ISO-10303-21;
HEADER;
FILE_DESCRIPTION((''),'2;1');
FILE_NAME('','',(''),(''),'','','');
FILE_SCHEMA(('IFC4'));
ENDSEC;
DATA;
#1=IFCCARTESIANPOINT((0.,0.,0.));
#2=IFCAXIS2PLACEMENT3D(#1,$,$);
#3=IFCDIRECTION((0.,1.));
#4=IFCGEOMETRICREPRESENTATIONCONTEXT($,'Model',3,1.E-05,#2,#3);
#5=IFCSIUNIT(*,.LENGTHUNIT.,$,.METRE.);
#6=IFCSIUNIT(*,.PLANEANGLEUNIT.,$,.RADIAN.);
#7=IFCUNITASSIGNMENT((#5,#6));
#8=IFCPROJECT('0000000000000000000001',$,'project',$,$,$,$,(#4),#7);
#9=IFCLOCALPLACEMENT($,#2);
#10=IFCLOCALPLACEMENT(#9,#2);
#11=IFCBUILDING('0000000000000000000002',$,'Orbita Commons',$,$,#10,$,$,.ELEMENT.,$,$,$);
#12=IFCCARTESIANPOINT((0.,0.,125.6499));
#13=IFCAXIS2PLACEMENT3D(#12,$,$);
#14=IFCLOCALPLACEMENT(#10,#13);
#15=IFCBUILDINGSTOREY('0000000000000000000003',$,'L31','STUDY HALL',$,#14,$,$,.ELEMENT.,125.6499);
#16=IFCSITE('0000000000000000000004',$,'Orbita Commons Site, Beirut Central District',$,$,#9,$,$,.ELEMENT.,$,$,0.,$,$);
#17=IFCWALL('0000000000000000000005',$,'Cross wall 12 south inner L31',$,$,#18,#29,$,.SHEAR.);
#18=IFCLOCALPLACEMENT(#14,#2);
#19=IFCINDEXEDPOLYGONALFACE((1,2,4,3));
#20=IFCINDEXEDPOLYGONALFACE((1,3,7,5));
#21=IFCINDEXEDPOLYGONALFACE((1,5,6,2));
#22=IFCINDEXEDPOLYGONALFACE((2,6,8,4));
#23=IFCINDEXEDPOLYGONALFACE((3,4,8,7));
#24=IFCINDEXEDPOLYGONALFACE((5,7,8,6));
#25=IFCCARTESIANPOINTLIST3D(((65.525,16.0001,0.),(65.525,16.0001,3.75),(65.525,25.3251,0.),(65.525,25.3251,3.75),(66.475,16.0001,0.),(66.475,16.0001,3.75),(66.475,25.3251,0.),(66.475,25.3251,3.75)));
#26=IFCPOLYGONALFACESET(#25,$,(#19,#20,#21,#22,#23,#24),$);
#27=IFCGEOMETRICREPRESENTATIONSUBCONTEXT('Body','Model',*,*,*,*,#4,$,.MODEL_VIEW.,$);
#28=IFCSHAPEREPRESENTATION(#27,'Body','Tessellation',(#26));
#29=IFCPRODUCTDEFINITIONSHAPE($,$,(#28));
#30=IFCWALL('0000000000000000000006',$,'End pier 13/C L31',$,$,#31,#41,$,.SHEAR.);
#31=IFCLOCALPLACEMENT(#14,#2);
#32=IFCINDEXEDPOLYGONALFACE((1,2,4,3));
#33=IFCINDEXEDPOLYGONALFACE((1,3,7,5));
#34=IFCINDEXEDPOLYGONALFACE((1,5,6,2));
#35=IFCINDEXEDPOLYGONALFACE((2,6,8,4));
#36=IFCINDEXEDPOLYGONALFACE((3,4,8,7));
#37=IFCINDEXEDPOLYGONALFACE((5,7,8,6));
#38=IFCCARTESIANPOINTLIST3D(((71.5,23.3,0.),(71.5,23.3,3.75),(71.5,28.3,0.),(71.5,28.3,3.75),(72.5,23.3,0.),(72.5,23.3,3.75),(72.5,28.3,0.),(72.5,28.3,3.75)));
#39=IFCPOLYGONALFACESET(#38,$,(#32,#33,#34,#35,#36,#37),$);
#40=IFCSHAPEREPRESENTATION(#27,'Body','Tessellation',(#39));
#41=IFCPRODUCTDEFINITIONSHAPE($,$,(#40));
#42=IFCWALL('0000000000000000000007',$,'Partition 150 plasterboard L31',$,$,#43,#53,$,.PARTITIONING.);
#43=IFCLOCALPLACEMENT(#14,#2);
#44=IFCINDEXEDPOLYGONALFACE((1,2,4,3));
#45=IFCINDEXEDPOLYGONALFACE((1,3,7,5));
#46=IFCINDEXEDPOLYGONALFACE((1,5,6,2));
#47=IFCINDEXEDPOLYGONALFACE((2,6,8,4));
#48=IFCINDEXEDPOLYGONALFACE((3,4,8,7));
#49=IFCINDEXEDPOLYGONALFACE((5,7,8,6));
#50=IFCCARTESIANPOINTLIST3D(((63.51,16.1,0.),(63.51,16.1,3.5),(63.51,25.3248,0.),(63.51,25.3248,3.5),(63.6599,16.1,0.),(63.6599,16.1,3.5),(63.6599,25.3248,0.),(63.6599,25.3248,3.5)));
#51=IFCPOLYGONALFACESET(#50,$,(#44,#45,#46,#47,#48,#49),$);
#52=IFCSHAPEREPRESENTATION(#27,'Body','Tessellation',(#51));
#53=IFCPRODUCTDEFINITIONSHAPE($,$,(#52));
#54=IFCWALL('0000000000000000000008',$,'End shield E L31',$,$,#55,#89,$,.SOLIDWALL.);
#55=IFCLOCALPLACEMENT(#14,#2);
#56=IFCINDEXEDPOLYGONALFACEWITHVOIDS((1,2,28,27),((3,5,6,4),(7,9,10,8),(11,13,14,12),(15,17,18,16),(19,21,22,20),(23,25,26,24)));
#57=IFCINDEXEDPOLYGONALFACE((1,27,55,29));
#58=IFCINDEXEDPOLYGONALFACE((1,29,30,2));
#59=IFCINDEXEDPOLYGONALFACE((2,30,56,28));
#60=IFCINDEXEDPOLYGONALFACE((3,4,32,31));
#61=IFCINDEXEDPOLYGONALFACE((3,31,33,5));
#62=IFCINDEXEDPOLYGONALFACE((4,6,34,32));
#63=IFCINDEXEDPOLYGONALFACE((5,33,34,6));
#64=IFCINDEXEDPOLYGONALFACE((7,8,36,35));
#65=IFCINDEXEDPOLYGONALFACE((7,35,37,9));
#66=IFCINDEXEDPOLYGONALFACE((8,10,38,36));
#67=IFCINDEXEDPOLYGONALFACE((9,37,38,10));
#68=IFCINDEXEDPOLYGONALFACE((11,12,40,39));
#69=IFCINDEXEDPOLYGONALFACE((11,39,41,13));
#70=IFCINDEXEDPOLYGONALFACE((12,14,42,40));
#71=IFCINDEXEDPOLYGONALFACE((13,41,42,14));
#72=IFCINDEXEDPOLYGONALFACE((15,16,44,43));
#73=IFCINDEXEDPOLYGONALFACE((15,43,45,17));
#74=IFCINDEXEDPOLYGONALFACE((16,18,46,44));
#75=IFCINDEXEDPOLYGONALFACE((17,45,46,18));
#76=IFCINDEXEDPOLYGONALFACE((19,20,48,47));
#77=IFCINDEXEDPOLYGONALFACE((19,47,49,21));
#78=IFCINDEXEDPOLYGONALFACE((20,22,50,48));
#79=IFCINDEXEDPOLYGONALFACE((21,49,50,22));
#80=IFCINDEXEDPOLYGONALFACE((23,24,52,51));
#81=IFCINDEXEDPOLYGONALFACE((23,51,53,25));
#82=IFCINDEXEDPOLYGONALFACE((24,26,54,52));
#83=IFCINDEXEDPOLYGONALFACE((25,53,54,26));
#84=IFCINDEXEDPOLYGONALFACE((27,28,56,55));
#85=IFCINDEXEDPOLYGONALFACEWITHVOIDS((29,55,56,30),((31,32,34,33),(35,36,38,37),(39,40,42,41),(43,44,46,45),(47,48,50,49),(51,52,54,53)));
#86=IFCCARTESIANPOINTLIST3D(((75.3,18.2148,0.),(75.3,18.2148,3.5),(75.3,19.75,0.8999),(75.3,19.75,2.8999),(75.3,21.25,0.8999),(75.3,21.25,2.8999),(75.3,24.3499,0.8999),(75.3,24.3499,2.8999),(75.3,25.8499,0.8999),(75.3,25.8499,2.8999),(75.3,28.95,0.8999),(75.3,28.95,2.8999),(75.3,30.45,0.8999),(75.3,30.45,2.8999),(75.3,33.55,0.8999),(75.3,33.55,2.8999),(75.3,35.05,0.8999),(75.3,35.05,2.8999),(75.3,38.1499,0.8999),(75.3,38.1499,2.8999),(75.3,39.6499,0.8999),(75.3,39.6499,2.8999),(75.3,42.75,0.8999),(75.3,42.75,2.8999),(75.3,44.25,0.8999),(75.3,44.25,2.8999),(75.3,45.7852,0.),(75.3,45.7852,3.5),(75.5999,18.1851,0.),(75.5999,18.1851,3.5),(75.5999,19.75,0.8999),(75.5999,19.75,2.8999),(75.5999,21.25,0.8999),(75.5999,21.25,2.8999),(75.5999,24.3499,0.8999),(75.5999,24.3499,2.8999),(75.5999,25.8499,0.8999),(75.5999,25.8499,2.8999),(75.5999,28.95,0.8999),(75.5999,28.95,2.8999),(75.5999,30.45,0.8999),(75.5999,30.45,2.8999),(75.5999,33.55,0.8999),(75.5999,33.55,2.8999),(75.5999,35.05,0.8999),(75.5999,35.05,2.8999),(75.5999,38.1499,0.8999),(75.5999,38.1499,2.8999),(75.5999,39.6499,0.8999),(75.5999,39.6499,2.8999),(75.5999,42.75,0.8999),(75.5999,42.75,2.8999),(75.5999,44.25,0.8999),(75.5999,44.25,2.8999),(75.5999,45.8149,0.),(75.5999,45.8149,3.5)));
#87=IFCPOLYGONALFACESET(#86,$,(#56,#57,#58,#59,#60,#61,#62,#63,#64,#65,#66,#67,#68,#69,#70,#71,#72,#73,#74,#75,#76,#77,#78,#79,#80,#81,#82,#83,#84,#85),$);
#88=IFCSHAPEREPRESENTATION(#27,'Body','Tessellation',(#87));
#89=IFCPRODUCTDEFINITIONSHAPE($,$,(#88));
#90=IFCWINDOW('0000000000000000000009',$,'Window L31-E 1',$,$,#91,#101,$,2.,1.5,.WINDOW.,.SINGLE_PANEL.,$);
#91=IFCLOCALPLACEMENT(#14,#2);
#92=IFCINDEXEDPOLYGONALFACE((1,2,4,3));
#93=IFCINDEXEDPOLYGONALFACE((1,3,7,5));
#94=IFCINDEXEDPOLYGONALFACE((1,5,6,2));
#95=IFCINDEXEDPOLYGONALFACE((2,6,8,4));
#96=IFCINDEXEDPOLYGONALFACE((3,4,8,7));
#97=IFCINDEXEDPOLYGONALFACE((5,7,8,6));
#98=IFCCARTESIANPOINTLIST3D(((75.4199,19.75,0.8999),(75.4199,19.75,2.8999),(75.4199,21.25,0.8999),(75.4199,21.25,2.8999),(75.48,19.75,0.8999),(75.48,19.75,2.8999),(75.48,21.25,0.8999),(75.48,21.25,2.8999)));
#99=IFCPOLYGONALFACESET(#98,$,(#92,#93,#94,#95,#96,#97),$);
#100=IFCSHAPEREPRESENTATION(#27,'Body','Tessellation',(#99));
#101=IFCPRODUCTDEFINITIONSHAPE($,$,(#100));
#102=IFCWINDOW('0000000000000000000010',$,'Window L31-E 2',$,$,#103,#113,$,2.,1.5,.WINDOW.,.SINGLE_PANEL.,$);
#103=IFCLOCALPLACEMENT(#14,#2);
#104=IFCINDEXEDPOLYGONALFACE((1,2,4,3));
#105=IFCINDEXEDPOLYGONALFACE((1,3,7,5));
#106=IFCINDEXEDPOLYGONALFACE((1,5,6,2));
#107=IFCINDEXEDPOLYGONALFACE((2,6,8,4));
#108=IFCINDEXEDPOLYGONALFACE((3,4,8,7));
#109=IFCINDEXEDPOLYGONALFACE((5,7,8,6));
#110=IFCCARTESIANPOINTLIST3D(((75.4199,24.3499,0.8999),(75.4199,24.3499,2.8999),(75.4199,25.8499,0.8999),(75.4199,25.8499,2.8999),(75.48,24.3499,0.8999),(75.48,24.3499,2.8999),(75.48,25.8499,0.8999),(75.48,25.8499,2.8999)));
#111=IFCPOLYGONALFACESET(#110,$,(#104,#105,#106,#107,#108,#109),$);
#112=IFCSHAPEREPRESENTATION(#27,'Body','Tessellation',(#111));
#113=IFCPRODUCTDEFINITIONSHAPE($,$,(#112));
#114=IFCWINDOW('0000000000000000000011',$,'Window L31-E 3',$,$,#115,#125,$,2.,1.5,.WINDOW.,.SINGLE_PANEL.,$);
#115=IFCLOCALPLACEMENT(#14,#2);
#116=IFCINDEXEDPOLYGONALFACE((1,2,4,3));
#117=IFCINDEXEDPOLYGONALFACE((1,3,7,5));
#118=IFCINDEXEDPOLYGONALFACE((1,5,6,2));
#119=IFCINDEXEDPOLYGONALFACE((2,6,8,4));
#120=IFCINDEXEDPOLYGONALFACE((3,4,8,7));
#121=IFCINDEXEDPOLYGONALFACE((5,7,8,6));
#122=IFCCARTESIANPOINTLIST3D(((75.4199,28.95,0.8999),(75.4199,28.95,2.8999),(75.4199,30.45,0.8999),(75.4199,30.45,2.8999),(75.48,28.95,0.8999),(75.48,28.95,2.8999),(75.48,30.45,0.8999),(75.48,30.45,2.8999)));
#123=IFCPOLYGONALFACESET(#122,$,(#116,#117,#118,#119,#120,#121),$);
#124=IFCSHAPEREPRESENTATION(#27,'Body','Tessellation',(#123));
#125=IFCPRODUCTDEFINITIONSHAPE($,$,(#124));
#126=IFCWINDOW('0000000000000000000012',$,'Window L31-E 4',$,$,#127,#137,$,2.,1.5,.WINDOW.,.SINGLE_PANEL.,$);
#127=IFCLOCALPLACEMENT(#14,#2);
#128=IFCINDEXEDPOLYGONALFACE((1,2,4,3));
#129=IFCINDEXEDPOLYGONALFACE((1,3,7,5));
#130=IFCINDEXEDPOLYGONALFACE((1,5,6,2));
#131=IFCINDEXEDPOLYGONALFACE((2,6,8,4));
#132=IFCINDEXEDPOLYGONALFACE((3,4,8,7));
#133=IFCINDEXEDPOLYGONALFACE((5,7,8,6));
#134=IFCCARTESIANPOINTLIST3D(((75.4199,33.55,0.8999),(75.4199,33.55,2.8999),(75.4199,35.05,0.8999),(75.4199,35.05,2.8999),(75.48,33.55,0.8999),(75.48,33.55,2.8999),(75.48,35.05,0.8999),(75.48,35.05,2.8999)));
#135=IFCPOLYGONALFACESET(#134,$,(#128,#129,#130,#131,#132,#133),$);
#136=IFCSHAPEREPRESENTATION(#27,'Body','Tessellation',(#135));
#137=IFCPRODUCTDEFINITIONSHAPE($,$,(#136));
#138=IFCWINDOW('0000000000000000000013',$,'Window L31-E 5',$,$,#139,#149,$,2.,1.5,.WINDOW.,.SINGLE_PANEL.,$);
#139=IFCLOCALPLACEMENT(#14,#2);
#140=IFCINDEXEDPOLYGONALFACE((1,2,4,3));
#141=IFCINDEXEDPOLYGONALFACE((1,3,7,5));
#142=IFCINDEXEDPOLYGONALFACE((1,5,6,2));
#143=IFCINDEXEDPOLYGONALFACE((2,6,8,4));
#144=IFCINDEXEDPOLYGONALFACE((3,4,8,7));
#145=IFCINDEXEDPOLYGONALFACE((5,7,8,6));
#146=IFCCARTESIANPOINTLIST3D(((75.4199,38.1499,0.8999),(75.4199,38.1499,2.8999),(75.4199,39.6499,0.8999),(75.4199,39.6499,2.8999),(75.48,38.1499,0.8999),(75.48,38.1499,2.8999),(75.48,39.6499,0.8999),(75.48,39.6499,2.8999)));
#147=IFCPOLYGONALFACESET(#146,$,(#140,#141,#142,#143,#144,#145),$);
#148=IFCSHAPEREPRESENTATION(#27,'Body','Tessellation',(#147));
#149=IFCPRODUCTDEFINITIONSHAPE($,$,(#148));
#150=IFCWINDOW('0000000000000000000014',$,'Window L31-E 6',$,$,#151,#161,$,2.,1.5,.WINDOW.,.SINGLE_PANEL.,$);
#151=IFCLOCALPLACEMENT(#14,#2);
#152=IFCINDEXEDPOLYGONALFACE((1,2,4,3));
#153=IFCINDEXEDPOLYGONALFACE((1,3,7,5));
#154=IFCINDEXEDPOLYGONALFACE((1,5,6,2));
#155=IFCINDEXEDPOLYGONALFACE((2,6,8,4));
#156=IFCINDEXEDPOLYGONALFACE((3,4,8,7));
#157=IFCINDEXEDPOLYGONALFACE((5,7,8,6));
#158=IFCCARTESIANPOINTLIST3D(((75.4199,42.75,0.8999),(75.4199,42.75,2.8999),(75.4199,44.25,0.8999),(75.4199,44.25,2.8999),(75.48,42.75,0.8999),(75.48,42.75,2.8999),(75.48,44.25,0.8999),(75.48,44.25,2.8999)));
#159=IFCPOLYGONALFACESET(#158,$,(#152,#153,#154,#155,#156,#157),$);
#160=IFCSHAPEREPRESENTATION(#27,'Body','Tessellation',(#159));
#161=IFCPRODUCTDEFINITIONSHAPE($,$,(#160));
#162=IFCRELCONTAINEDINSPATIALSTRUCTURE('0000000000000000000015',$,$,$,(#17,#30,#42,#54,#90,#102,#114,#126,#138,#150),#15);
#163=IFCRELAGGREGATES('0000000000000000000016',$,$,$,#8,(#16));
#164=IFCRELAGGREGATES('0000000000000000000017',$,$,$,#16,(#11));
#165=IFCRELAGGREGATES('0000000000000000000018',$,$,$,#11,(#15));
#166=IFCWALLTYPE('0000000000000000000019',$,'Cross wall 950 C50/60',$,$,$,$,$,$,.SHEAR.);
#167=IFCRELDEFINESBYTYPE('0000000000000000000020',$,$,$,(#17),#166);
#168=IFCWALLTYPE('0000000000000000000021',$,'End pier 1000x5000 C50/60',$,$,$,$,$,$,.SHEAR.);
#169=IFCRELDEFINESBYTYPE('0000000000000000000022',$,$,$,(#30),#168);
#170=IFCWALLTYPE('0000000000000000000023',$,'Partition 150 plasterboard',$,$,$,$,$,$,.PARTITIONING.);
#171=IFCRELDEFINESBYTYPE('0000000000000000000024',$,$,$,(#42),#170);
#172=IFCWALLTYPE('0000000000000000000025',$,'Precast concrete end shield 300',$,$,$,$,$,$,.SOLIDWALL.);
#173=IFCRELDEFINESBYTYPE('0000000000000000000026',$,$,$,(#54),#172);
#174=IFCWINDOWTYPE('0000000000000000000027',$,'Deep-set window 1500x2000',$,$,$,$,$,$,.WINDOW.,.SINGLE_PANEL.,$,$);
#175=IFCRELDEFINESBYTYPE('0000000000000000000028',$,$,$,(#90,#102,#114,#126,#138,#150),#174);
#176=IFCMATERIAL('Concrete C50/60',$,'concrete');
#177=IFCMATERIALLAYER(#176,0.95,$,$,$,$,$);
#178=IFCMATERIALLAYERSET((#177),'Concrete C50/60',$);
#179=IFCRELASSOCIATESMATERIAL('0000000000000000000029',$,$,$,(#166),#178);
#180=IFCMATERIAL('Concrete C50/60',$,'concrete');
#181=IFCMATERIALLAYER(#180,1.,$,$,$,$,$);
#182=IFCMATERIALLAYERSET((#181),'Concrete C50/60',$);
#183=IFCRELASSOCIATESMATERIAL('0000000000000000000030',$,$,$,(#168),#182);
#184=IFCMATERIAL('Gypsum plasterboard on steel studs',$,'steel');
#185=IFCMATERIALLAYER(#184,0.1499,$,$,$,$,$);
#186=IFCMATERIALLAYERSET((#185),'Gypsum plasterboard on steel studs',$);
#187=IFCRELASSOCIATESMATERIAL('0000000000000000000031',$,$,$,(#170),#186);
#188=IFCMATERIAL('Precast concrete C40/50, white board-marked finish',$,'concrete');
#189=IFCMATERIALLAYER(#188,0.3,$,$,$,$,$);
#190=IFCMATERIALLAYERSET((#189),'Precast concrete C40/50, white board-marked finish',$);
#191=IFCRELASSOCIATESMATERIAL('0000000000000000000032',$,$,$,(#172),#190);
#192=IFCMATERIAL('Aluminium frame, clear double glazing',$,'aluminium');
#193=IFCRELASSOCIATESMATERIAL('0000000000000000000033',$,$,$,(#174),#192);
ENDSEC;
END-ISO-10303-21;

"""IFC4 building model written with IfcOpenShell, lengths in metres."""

from ifc_helpers import new_model, si_unit, direction, frame, frame_2d, origin, place, context, subcontext, project, spatial, polyline, rectangle, outline, extrude, material, layer, layer_set, type_object, element, fill, save


model = new_model("IFC4")

# Units and contexts
model_context = context("Model", 3, precision=1e-05, world=origin(), true_north=direction((0.0, 1.0)))
body_context = subcontext(model_context, "Body", "Model", "MODEL_VIEW")
ifc_project = project(units=[si_unit("LENGTHUNIT", "METRE"), si_unit("PLANEANGLEUNIT", "RADIAN")], contexts=[model_context])

# Site, building, storey
site_placement = place(None, origin())
site = spatial("IfcSite", under=ifc_project, at=site_placement, Name="Orbita Commons Site, Beirut Central District", CompositionType="ELEMENT", RefElevation=0.0)
building_placement = place(site_placement, origin())
building = spatial("IfcBuilding", under=site, at=building_placement, Name="Orbita Commons", CompositionType="ELEMENT")
storey_placement = place(building_placement, frame((0.0, 0.0, 125.6499)))
storey = spatial("IfcBuildingStorey", under=building, at=storey_placement, Name="L31", Description="STUDY HALL", CompositionType="ELEMENT", Elevation=125.6499)

# Walls
ifc_material_1 = material(Name="Concrete C50/60", Category="concrete")
ifc_layer_1 = layer(ifc_material_1, 0.95)
ifc_layer_set_1 = layer_set([ifc_layer_1], Name="Concrete C50/60")
wall_type_1 = type_object("IfcWallType", Name="Cross wall 950 C50/60", PredefinedType="SHEAR", material=ifc_layer_set_1)
wall_1_placement = place(storey_placement, frame((66.0, 16.0, 0.0), z_axis=(0.0, 0.0, 1.0), x_axis=(0.0, 1.0, 0.0)))
element("IfcWall", 1, at=wall_1_placement, inside=storey, type_object=wall_type_1, Name="Cross wall 12 south inner L31", PredefinedType="SHEAR", context=body_context, shape_type="SweptSolid", body=[
    extrude(rectangle(XDim=9.325, YDim=0.95, at=frame_2d((4.6626, 0.0))), origin(), (0.0, 0.0, 1.0), 3.75),
])
ifc_material_2 = material(Name="Concrete C50/60", Category="concrete")
ifc_layer_2 = layer(ifc_material_2, 1.0)
ifc_layer_set_2 = layer_set([ifc_layer_2], Name="Concrete C50/60")
wall_type_2 = type_object("IfcWallType", Name="End pier 1000x5000 C50/60", PredefinedType="SHEAR", material=ifc_layer_set_2)
wall_2_placement = place(storey_placement, frame((72.0, 23.3, 0.0), z_axis=(0.0, 0.0, 1.0), x_axis=(0.0, 1.0, 0.0)))
element("IfcWall", 2, at=wall_2_placement, inside=storey, type_object=wall_type_2, Name="End pier 13/C L31", PredefinedType="SHEAR", context=body_context, shape_type="SweptSolid", body=[
    extrude(rectangle(XDim=5.0, YDim=1.0, at=frame_2d((2.5, 0.0))), origin(), (0.0, 0.0, 1.0), 3.75),
])
ifc_material_3 = material(Name="Gypsum plasterboard on steel studs", Category="steel")
ifc_layer_3 = layer(ifc_material_3, 0.1499)
ifc_layer_set_3 = layer_set([ifc_layer_3], Name="Gypsum plasterboard on steel studs")
wall_type_3 = type_object("IfcWallType", Name="Partition 150 plasterboard", PredefinedType="PARTITIONING", material=ifc_layer_set_3)
wall_3_placement = place(storey_placement, frame((63.585, 16.1001, 0.0), z_axis=(0.0, 0.0, 1.0), x_axis=(0.0, 1.0, 0.0)))
element("IfcWall", 3, at=wall_3_placement, inside=storey, type_object=wall_type_3, Name="Partition 150 plasterboard L31", PredefinedType="PARTITIONING", context=body_context, shape_type="SweptSolid", body=[
    extrude(rectangle(XDim=9.2249, YDim=0.1499, at=frame_2d((4.6123, 0.0))), origin(), (0.0, 0.0, 1.0), 3.5),
])

# Wall, openings, windows
ifc_material_4 = material(Name="Precast concrete C40/50, white board-marked finish", Category="concrete")
ifc_layer_4 = layer(ifc_material_4, 0.3)
ifc_layer_set_4 = layer_set([ifc_layer_4], Name="Precast concrete C40/50, white board-marked finish")
wall_type_4 = type_object("IfcWallType", Name="Precast concrete end shield 300", PredefinedType="SOLIDWALL", material=ifc_layer_set_4)
wall_4_placement = place(storey_placement, frame((75.45, 18.2, 0.0), z_axis=(0.0, 0.0, 1.0), x_axis=(0.0, 1.0, 0.0)))
wall_4 = element("IfcWall", 4, at=wall_4_placement, inside=storey, type_object=wall_type_4, Name="End shield E L31", PredefinedType="SOLIDWALL", context=body_context, shape_type="SweptSolid", body=[
    extrude(outline(polyline([(-0.0149, -0.1499), (27.615, -0.1499), (27.5852, 0.1499), (0.0149, 0.1499), (-0.0149, -0.1499)])), origin(), (0.0, 0.0, 1.0), 3.5),
])
opening_1_placement = place(wall_4_placement, frame((1.55, 0.0, 0.8999)))
opening_1 = element("IfcOpeningElement", 5, at=opening_1_placement, cuts=wall_4, PredefinedType="OPENING", context=body_context, shape_type="SweptSolid", body=[
    extrude(rectangle(XDim=1.5, YDim=2.0, at=frame_2d((0.75, 1.0))), frame((0.0, 0.1599, 0.0), z_axis=(0.0, -1.0, 0.0), x_axis=(1.0, 0.0, 0.0)), (0.0, 0.0, 1.0), 0.3201),
])
opening_2_placement = place(wall_4_placement, frame((6.1499, 0.0, 0.8999)))
opening_2 = element("IfcOpeningElement", 6, at=opening_2_placement, cuts=wall_4, PredefinedType="OPENING", context=body_context, shape_type="SweptSolid", body=[
    extrude(rectangle(XDim=1.5, YDim=2.0, at=frame_2d((0.75, 1.0))), frame((0.0, 0.1599, 0.0), z_axis=(0.0, -1.0, 0.0), x_axis=(1.0, 0.0, 0.0)), (0.0, 0.0, 1.0), 0.3201),
])
opening_3_placement = place(wall_4_placement, frame((10.75, 0.0, 0.8999)))
opening_3 = element("IfcOpeningElement", 7, at=opening_3_placement, cuts=wall_4, PredefinedType="OPENING", context=body_context, shape_type="SweptSolid", body=[
    extrude(rectangle(XDim=1.5, YDim=2.0, at=frame_2d((0.75, 1.0))), frame((0.0, 0.1599, 0.0), z_axis=(0.0, -1.0, 0.0), x_axis=(1.0, 0.0, 0.0)), (0.0, 0.0, 1.0), 0.3201),
])
opening_4_placement = place(wall_4_placement, frame((15.3501, 0.0, 0.8999)))
opening_4 = element("IfcOpeningElement", 8, at=opening_4_placement, cuts=wall_4, PredefinedType="OPENING", context=body_context, shape_type="SweptSolid", body=[
    extrude(rectangle(XDim=1.5, YDim=2.0, at=frame_2d((0.75, 1.0))), frame((0.0, 0.1599, 0.0), z_axis=(0.0, -1.0, 0.0), x_axis=(1.0, 0.0, 0.0)), (0.0, 0.0, 1.0), 0.3201),
])
opening_5_placement = place(wall_4_placement, frame((19.95, 0.0, 0.8999)))
opening_5 = element("IfcOpeningElement", 9, at=opening_5_placement, cuts=wall_4, PredefinedType="OPENING", context=body_context, shape_type="SweptSolid", body=[
    extrude(rectangle(XDim=1.5, YDim=2.0, at=frame_2d((0.75, 1.0))), frame((0.0, 0.1599, 0.0), z_axis=(0.0, -1.0, 0.0), x_axis=(1.0, 0.0, 0.0)), (0.0, 0.0, 1.0), 0.3201),
])
opening_6_placement = place(wall_4_placement, frame((24.55, 0.0, 0.8999)))
opening_6 = element("IfcOpeningElement", 10, at=opening_6_placement, cuts=wall_4, PredefinedType="OPENING", context=body_context, shape_type="SweptSolid", body=[
    extrude(rectangle(XDim=1.5, YDim=2.0, at=frame_2d((0.75, 1.0))), frame((0.0, 0.1599, 0.0), z_axis=(0.0, -1.0, 0.0), x_axis=(1.0, 0.0, 0.0)), (0.0, 0.0, 1.0), 0.3201),
])
ifc_material_5 = material(Name="Aluminium frame, clear double glazing", Category="aluminium")
window_type_1 = type_object("IfcWindowType", Name="Deep-set window 1500x2000", PartitioningType="SINGLE_PANEL", PredefinedType="WINDOW", material=ifc_material_5)
window_1_placement = place(opening_1_placement, origin())
window_1 = element("IfcWindow", 11, at=window_1_placement, inside=storey, type_object=window_type_1, Name="Window L31-E 1", OverallHeight=2.0, OverallWidth=1.5, PartitioningType="SINGLE_PANEL", PredefinedType="WINDOW", context=body_context, shape_type="SweptSolid", body=[
    extrude(rectangle(XDim=1.5, YDim=2.0, at=frame_2d((0.75, 1.0))), frame((0.0, 0.03, 0.0), z_axis=(0.0, -1.0, 0.0), x_axis=(1.0, 0.0, 0.0)), (0.0, 0.0, 1.0), 0.0601),
])
fill(opening_1, window_1)
window_2_placement = place(opening_2_placement, origin())
window_2 = element("IfcWindow", 12, at=window_2_placement, inside=storey, type_object=window_type_1, Name="Window L31-E 2", OverallHeight=2.0, OverallWidth=1.5, PartitioningType="SINGLE_PANEL", PredefinedType="WINDOW", context=body_context, shape_type="SweptSolid", body=[
    extrude(rectangle(XDim=1.5, YDim=2.0, at=frame_2d((0.75, 1.0))), frame((0.0, 0.03, 0.0), z_axis=(0.0, -1.0, 0.0), x_axis=(1.0, 0.0, 0.0)), (0.0, 0.0, 1.0), 0.0601),
])
fill(opening_2, window_2)
window_3_placement = place(opening_3_placement, origin())
window_3 = element("IfcWindow", 13, at=window_3_placement, inside=storey, type_object=window_type_1, Name="Window L31-E 3", OverallHeight=2.0, OverallWidth=1.5, PartitioningType="SINGLE_PANEL", PredefinedType="WINDOW", context=body_context, shape_type="SweptSolid", body=[
    extrude(rectangle(XDim=1.5, YDim=2.0, at=frame_2d((0.75, 1.0))), frame((0.0, 0.03, 0.0), z_axis=(0.0, -1.0, 0.0), x_axis=(1.0, 0.0, 0.0)), (0.0, 0.0, 1.0), 0.0601),
])
fill(opening_3, window_3)
window_4_placement = place(opening_4_placement, origin())
window_4 = element("IfcWindow", 14, at=window_4_placement, inside=storey, type_object=window_type_1, Name="Window L31-E 4", OverallHeight=2.0, OverallWidth=1.5, PartitioningType="SINGLE_PANEL", PredefinedType="WINDOW", context=body_context, shape_type="SweptSolid", body=[
    extrude(rectangle(XDim=1.5, YDim=2.0, at=frame_2d((0.75, 1.0))), frame((0.0, 0.03, 0.0), z_axis=(0.0, -1.0, 0.0), x_axis=(1.0, 0.0, 0.0)), (0.0, 0.0, 1.0), 0.0601),
])
fill(opening_4, window_4)
window_5_placement = place(opening_5_placement, origin())
window_5 = element("IfcWindow", 15, at=window_5_placement, inside=storey, type_object=window_type_1, Name="Window L31-E 5", OverallHeight=2.0, OverallWidth=1.5, PartitioningType="SINGLE_PANEL", PredefinedType="WINDOW", context=body_context, shape_type="SweptSolid", body=[
    extrude(rectangle(XDim=1.5, YDim=2.0, at=frame_2d((0.75, 1.0))), frame((0.0, 0.03, 0.0), z_axis=(0.0, -1.0, 0.0), x_axis=(1.0, 0.0, 0.0)), (0.0, 0.0, 1.0), 0.0601),
])
fill(opening_5, window_5)
window_6_placement = place(opening_6_placement, origin())
window_6 = element("IfcWindow", 16, at=window_6_placement, inside=storey, type_object=window_type_1, Name="Window L31-E 6", OverallHeight=2.0, OverallWidth=1.5, PartitioningType="SINGLE_PANEL", PredefinedType="WINDOW", context=body_context, shape_type="SweptSolid", body=[
    extrude(rectangle(XDim=1.5, YDim=2.0, at=frame_2d((0.75, 1.0))), frame((0.0, 0.03, 0.0), z_axis=(0.0, -1.0, 0.0), x_axis=(1.0, 0.0, 0.0)), (0.0, 0.0, 1.0), 0.0601),
])
fill(opening_6, window_6)

save(model, "model.ifc")
